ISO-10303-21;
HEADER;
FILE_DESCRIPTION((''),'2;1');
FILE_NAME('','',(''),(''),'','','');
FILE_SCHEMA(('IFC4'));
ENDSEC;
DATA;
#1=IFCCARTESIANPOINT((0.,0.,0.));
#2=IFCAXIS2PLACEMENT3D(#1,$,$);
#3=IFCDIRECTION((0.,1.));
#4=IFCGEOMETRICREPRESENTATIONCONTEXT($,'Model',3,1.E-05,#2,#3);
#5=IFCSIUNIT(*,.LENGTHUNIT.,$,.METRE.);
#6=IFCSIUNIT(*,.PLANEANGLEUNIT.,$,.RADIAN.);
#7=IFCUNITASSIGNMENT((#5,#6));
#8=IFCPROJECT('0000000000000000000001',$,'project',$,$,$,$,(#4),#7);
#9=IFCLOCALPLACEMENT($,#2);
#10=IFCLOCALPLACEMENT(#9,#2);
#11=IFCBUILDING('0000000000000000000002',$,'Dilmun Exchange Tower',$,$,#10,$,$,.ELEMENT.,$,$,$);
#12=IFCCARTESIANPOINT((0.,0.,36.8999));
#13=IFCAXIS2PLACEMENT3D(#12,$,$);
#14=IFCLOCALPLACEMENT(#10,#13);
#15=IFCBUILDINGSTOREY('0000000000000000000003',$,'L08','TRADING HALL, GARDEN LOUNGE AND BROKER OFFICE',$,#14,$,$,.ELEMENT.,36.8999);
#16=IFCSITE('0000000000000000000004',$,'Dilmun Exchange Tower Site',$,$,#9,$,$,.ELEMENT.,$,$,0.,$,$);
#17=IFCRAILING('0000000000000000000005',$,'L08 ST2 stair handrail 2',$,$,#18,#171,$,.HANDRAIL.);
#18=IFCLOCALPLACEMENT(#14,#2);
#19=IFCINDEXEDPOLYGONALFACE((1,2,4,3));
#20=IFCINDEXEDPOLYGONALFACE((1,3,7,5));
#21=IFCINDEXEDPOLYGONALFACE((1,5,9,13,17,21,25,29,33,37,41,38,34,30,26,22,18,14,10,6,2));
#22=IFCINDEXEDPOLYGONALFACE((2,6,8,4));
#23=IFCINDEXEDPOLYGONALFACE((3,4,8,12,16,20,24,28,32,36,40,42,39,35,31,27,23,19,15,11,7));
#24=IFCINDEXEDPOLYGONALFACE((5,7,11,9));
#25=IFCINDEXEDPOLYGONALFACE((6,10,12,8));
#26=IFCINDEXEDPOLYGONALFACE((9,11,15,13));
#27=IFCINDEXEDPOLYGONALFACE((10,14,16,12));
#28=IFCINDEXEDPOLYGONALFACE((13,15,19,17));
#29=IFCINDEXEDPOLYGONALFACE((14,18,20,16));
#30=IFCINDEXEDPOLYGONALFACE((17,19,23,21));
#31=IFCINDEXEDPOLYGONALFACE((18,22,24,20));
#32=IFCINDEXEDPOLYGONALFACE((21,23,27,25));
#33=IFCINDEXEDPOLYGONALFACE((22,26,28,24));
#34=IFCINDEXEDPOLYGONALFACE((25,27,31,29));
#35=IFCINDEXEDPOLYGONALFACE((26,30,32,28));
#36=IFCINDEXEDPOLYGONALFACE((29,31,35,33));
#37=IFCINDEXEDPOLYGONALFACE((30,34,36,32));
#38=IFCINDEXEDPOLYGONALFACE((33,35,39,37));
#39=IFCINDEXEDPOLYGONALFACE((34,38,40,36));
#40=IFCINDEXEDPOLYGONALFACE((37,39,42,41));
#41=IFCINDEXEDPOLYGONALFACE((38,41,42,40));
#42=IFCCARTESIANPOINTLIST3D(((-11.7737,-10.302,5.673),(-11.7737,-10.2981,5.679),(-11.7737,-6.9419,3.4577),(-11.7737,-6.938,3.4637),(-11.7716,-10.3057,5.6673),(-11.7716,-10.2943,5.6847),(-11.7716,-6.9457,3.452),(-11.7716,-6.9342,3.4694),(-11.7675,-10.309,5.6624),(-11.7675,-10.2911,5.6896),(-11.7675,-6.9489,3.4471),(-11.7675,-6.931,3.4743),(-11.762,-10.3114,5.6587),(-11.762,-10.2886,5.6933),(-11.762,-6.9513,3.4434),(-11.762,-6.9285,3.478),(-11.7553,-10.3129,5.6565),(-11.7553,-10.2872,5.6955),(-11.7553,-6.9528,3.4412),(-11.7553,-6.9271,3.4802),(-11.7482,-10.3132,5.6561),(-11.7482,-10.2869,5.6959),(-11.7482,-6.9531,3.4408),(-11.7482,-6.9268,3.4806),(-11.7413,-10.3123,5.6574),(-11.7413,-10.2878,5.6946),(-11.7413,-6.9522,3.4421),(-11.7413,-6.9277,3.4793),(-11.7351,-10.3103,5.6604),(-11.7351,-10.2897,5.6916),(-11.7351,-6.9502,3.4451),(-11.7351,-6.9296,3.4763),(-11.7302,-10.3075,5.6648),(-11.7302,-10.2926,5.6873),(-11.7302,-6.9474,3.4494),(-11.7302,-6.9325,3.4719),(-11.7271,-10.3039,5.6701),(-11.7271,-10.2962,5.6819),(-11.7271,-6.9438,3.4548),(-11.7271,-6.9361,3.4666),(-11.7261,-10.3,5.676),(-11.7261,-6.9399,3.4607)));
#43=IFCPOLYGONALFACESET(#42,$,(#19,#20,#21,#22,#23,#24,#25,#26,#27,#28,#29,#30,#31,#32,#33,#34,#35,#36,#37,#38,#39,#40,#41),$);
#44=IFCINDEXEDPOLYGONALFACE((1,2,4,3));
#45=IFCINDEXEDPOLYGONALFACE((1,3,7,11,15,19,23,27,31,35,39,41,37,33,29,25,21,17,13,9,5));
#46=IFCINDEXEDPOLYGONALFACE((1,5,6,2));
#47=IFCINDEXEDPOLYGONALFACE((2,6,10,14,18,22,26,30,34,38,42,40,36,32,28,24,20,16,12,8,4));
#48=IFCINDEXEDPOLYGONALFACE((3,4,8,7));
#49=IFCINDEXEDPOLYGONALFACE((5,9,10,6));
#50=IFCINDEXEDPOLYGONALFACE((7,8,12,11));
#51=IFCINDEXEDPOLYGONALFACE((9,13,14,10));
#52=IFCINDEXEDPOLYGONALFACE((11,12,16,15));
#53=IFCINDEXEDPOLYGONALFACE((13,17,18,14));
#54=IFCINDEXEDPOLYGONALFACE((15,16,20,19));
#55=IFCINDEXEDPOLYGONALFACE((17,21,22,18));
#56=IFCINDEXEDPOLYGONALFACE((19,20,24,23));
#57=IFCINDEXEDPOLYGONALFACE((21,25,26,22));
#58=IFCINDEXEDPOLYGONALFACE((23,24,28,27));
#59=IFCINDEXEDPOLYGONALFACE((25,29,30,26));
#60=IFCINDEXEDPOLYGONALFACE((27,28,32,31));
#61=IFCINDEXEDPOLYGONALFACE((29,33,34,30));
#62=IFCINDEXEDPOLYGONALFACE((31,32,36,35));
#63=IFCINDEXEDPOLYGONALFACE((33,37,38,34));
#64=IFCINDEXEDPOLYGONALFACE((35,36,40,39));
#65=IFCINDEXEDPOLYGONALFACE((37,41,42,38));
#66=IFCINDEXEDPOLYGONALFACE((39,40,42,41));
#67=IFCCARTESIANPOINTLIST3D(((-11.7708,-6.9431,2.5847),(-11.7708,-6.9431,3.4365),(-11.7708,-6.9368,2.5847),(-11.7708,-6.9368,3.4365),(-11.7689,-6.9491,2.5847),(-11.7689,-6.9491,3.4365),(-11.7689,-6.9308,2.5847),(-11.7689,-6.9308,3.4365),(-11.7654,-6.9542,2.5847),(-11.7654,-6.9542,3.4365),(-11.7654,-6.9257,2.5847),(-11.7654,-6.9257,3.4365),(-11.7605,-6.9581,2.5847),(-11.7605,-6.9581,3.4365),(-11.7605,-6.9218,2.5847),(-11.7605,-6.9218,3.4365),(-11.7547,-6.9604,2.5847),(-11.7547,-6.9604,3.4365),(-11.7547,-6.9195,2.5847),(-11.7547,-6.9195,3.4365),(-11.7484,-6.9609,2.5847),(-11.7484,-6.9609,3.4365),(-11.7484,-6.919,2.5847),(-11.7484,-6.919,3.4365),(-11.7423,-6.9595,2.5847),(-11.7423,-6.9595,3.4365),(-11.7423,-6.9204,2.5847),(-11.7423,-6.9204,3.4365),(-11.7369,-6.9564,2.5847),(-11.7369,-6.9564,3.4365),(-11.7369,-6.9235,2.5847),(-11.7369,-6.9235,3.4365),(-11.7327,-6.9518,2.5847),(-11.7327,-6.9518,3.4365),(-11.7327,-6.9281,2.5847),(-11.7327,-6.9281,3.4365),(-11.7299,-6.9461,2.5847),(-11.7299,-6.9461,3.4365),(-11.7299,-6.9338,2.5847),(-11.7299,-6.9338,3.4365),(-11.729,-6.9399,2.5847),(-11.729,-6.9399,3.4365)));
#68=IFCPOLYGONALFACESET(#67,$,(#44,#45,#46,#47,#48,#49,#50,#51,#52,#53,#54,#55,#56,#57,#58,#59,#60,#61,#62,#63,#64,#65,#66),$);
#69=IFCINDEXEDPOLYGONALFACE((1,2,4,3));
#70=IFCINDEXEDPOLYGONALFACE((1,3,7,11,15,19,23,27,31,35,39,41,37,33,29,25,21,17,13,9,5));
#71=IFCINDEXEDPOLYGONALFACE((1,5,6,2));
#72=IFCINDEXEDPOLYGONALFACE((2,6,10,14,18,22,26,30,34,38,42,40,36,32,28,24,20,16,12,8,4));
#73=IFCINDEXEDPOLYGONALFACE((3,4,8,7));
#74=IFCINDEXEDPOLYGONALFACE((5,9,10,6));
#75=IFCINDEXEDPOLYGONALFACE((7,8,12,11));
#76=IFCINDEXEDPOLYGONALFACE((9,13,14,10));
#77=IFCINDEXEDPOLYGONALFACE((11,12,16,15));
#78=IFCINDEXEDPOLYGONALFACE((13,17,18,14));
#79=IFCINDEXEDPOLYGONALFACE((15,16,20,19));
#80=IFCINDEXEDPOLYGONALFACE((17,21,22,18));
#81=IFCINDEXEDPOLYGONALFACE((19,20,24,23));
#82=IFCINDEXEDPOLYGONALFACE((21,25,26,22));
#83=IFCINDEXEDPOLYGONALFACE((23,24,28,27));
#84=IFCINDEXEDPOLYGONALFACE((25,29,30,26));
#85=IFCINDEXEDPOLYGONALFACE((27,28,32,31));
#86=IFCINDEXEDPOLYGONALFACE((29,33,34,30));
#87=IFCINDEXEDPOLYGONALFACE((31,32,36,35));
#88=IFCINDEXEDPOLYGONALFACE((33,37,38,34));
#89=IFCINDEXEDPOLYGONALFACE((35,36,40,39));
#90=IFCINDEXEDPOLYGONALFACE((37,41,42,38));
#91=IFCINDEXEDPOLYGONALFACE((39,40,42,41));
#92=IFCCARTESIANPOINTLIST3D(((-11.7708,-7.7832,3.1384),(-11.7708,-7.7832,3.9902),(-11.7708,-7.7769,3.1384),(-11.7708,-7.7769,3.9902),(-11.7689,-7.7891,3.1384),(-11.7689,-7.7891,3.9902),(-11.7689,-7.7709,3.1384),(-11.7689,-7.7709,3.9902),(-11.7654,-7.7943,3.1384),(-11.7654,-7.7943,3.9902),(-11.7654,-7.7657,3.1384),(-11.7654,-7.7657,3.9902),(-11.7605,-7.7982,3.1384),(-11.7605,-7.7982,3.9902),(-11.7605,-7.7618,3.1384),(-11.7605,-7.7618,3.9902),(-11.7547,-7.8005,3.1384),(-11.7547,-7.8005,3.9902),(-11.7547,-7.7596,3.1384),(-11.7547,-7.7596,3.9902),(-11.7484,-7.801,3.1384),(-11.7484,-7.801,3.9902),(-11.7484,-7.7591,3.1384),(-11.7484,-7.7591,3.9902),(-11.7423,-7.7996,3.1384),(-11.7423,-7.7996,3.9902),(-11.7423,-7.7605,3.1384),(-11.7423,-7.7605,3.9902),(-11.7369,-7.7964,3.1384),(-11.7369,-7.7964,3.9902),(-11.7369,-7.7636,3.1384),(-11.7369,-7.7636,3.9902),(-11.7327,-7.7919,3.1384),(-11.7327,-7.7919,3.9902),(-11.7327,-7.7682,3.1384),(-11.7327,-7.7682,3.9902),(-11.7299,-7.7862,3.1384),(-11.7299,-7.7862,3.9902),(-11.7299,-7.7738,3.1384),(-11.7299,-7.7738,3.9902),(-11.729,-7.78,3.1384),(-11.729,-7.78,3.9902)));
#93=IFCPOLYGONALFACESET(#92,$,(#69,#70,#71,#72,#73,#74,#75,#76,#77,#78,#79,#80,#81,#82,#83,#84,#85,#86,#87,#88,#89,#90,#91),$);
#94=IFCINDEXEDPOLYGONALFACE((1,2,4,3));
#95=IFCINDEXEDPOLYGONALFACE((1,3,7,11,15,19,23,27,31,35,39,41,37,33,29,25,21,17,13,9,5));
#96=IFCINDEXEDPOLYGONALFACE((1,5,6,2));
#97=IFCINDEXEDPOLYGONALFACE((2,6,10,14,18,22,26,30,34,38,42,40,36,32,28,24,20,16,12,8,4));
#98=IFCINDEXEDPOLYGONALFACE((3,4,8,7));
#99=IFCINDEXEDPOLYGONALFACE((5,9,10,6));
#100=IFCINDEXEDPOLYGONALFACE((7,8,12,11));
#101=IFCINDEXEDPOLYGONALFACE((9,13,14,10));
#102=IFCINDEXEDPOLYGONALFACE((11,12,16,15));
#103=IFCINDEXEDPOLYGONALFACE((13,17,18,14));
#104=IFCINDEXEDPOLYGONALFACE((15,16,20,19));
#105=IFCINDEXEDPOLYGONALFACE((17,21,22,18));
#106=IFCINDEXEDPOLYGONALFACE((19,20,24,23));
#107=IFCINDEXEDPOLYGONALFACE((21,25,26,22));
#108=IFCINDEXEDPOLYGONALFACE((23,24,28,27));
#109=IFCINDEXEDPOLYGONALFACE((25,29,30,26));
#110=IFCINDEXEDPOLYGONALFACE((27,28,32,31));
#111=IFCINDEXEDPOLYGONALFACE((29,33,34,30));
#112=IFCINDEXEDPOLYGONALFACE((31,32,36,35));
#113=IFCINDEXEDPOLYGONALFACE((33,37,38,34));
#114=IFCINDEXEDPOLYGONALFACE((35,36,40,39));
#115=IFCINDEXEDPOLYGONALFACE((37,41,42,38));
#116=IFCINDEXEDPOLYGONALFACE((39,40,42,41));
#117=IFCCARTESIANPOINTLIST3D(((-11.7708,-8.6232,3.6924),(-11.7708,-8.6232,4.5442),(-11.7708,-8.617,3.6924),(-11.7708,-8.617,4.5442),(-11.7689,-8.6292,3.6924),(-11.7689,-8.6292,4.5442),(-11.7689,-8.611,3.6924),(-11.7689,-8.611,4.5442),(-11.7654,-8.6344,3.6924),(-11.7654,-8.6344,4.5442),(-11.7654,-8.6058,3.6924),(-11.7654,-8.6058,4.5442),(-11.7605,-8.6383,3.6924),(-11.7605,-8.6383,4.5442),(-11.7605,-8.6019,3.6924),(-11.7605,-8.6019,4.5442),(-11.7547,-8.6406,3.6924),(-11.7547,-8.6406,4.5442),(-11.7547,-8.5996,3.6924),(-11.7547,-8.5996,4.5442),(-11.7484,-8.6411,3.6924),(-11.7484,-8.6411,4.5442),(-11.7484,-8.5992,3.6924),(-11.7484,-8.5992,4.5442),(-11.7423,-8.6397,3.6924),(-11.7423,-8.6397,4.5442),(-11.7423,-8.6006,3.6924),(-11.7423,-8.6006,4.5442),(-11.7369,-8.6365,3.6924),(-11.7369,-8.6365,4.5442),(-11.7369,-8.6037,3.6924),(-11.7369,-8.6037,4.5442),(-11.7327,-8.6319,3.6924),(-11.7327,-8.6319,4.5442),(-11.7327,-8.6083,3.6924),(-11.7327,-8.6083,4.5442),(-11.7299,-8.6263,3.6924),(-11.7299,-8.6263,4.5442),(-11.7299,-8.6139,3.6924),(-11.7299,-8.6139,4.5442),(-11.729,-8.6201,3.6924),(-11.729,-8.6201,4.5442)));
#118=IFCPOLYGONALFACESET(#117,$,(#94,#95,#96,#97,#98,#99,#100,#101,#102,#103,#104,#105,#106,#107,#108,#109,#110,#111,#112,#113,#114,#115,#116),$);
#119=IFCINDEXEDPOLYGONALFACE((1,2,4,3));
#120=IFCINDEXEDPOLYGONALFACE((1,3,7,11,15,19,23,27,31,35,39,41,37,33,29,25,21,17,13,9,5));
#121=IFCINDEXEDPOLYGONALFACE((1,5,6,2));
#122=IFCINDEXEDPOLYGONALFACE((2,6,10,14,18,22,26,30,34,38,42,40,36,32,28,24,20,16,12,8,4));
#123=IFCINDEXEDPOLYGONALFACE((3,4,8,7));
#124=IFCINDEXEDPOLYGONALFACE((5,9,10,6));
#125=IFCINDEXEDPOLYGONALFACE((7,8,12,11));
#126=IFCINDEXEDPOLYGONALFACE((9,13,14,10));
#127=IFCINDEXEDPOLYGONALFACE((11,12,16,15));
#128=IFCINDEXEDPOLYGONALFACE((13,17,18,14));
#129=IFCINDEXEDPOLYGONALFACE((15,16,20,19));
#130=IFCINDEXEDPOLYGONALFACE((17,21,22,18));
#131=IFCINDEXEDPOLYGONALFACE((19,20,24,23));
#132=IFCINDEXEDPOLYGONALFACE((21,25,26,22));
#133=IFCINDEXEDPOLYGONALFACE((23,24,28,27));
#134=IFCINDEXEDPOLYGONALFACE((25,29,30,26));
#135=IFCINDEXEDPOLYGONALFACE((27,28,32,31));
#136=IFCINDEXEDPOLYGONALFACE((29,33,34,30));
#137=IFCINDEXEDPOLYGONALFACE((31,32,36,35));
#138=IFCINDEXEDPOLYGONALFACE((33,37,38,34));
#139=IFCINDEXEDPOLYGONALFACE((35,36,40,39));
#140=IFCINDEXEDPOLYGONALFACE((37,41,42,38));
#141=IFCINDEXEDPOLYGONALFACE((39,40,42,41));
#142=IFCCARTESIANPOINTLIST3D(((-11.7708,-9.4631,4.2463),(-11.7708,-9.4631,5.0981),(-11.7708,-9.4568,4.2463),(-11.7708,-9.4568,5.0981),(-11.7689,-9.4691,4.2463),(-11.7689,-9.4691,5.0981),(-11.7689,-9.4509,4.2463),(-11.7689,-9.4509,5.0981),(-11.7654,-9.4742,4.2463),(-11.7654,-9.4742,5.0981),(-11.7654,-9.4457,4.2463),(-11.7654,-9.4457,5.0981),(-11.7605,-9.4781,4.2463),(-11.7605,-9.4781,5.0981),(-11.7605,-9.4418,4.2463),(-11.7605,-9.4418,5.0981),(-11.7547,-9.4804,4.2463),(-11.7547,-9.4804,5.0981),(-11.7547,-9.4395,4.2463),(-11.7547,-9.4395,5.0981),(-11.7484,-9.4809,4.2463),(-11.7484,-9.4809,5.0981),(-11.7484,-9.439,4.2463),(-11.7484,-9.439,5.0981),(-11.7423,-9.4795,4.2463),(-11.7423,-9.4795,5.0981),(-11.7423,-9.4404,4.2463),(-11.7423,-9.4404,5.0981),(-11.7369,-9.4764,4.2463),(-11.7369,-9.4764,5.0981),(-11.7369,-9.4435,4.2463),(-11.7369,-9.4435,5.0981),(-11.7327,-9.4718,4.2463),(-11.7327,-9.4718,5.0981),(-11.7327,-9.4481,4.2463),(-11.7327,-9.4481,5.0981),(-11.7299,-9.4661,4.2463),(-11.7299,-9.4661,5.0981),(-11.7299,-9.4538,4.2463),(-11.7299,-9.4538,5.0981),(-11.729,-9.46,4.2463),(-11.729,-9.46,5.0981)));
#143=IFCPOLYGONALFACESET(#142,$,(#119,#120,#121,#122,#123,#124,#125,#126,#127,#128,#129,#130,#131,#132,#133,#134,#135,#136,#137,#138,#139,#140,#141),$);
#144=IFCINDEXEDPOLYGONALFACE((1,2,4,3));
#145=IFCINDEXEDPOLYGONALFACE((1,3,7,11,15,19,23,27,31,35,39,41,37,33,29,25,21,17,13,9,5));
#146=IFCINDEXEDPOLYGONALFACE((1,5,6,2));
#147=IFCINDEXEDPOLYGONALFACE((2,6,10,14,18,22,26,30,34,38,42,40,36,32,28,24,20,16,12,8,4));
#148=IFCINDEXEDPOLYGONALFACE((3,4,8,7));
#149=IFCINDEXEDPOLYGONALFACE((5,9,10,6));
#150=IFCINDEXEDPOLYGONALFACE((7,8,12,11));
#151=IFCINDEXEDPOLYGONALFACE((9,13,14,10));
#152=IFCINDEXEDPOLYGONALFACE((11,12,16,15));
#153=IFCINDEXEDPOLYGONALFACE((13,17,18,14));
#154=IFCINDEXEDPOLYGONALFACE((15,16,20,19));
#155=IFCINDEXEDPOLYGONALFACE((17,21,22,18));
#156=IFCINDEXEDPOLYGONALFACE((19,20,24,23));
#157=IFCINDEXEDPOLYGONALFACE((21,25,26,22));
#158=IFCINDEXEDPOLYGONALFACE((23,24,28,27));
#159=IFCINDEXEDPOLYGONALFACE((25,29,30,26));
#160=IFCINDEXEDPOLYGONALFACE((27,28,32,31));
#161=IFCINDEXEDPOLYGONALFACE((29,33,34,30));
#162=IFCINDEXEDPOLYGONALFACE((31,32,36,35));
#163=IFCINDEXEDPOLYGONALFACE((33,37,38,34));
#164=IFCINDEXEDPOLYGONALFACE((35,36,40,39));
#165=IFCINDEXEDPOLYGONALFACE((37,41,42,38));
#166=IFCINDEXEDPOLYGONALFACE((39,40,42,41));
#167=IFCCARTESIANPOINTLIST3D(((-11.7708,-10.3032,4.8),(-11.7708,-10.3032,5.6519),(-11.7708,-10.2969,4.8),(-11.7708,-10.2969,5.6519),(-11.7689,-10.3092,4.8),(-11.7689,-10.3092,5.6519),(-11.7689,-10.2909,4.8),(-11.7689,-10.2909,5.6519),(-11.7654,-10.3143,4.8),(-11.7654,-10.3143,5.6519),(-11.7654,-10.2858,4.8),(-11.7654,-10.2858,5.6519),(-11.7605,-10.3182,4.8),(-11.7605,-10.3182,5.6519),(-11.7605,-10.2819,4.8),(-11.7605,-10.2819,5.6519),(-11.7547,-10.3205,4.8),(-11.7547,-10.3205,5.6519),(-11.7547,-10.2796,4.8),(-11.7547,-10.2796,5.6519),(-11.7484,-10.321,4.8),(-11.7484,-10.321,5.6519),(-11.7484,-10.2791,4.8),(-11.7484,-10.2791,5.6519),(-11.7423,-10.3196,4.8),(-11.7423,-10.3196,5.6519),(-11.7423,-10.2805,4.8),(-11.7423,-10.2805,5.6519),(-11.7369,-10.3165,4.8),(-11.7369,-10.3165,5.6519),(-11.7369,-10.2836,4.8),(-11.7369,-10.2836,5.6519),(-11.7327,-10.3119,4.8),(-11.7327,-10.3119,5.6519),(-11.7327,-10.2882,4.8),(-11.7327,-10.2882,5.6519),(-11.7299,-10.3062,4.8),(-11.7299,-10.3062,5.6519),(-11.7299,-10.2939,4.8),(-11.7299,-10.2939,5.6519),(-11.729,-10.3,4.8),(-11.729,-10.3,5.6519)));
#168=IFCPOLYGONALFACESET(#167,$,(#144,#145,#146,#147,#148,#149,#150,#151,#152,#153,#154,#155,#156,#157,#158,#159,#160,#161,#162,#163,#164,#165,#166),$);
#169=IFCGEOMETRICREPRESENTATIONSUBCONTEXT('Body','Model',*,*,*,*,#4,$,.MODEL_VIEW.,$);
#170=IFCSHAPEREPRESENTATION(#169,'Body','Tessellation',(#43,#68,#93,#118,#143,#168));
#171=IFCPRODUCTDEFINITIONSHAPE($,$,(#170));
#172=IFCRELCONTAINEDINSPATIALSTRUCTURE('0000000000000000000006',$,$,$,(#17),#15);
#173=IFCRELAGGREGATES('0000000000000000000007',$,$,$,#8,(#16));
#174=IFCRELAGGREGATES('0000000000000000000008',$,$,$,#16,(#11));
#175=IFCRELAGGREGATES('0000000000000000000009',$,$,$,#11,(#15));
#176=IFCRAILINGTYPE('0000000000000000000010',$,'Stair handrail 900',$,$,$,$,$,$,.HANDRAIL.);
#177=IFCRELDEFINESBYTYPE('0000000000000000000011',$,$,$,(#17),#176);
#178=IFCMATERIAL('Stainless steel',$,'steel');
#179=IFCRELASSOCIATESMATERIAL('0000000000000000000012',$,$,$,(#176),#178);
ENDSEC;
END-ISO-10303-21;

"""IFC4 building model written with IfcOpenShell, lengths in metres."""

from ifc_helpers import new_model, si_unit, direction, frame, origin, origin_2d, place, context, subcontext, project, spatial, circle, extrude, material, type_object, element, save


model = new_model("IFC4")

# Units and contexts
model_context = context("Model", 3, precision=1e-05, world=origin(), true_north=direction((0.0, 1.0)))
body_context = subcontext(model_context, "Body", "Model", "MODEL_VIEW")
ifc_project = project(units=[si_unit("LENGTHUNIT", "METRE"), si_unit("PLANEANGLEUNIT", "RADIAN")], contexts=[model_context])

# Site, building, storey
site_placement = place(None, origin())
site = spatial("IfcSite", under=ifc_project, at=site_placement, Name="Dilmun Exchange Tower Site", CompositionType="ELEMENT", RefElevation=0.0)
building_placement = place(site_placement, origin())
building = spatial("IfcBuilding", under=site, at=building_placement, Name="Dilmun Exchange Tower", CompositionType="ELEMENT")
storey_placement = place(building_placement, frame((0.0, 0.0, 36.8999)))
storey = spatial("IfcBuildingStorey", under=building, at=storey_placement, Name="L08", Description="TRADING HALL, GARDEN LOUNGE AND BROKER OFFICE", CompositionType="ELEMENT", Elevation=36.8999)

# Railing
ifc_material_1 = material(Name="Stainless steel", Category="steel")
railing_type = type_object("IfcRailingType", Name="Stair handrail 900", PredefinedType="HANDRAIL", material=ifc_material_1)
railing_1_placement = place(storey_placement, frame((-11.75, -6.9399, 2.5847)))
element("IfcRailing", 1, at=railing_1_placement, inside=storey, type_object=railing_type, Name="L08 ST2 stair handrail 2", PredefinedType="HANDRAIL", context=body_context, shape_type="SweptSolid", body=[
    extrude(circle(Radius=0.0239, at=origin_2d()), frame((0.0, 0.0, 0.876), z_axis=(0.0, -0.834876, 0.550437), x_axis=(1.0, 0.0, 0.0)), (0.0, 0.0, 1.0), 4.0247),
    extrude(circle(Radius=0.021, at=origin_2d()), origin(), (0.0, 0.0, 1.0), 0.8518),
    extrude(circle(Radius=0.021, at=origin_2d()), frame((0.0, -0.8401, 0.5537)), (0.0, 0.0, 1.0), 0.8518),
    extrude(circle(Radius=0.021, at=origin_2d()), frame((0.0, -1.6802, 1.1077)), (0.0, 0.0, 1.0), 0.8518),
    extrude(circle(Radius=0.021, at=origin_2d()), frame((0.0, -2.52, 1.6616)), (0.0, 0.0, 1.0), 0.8518),
    extrude(circle(Radius=0.021, at=origin_2d()), frame((0.0, -3.3601, 2.2153)), (0.0, 0.0, 1.0), 0.8518),
])

save(model, "model.ifc")
